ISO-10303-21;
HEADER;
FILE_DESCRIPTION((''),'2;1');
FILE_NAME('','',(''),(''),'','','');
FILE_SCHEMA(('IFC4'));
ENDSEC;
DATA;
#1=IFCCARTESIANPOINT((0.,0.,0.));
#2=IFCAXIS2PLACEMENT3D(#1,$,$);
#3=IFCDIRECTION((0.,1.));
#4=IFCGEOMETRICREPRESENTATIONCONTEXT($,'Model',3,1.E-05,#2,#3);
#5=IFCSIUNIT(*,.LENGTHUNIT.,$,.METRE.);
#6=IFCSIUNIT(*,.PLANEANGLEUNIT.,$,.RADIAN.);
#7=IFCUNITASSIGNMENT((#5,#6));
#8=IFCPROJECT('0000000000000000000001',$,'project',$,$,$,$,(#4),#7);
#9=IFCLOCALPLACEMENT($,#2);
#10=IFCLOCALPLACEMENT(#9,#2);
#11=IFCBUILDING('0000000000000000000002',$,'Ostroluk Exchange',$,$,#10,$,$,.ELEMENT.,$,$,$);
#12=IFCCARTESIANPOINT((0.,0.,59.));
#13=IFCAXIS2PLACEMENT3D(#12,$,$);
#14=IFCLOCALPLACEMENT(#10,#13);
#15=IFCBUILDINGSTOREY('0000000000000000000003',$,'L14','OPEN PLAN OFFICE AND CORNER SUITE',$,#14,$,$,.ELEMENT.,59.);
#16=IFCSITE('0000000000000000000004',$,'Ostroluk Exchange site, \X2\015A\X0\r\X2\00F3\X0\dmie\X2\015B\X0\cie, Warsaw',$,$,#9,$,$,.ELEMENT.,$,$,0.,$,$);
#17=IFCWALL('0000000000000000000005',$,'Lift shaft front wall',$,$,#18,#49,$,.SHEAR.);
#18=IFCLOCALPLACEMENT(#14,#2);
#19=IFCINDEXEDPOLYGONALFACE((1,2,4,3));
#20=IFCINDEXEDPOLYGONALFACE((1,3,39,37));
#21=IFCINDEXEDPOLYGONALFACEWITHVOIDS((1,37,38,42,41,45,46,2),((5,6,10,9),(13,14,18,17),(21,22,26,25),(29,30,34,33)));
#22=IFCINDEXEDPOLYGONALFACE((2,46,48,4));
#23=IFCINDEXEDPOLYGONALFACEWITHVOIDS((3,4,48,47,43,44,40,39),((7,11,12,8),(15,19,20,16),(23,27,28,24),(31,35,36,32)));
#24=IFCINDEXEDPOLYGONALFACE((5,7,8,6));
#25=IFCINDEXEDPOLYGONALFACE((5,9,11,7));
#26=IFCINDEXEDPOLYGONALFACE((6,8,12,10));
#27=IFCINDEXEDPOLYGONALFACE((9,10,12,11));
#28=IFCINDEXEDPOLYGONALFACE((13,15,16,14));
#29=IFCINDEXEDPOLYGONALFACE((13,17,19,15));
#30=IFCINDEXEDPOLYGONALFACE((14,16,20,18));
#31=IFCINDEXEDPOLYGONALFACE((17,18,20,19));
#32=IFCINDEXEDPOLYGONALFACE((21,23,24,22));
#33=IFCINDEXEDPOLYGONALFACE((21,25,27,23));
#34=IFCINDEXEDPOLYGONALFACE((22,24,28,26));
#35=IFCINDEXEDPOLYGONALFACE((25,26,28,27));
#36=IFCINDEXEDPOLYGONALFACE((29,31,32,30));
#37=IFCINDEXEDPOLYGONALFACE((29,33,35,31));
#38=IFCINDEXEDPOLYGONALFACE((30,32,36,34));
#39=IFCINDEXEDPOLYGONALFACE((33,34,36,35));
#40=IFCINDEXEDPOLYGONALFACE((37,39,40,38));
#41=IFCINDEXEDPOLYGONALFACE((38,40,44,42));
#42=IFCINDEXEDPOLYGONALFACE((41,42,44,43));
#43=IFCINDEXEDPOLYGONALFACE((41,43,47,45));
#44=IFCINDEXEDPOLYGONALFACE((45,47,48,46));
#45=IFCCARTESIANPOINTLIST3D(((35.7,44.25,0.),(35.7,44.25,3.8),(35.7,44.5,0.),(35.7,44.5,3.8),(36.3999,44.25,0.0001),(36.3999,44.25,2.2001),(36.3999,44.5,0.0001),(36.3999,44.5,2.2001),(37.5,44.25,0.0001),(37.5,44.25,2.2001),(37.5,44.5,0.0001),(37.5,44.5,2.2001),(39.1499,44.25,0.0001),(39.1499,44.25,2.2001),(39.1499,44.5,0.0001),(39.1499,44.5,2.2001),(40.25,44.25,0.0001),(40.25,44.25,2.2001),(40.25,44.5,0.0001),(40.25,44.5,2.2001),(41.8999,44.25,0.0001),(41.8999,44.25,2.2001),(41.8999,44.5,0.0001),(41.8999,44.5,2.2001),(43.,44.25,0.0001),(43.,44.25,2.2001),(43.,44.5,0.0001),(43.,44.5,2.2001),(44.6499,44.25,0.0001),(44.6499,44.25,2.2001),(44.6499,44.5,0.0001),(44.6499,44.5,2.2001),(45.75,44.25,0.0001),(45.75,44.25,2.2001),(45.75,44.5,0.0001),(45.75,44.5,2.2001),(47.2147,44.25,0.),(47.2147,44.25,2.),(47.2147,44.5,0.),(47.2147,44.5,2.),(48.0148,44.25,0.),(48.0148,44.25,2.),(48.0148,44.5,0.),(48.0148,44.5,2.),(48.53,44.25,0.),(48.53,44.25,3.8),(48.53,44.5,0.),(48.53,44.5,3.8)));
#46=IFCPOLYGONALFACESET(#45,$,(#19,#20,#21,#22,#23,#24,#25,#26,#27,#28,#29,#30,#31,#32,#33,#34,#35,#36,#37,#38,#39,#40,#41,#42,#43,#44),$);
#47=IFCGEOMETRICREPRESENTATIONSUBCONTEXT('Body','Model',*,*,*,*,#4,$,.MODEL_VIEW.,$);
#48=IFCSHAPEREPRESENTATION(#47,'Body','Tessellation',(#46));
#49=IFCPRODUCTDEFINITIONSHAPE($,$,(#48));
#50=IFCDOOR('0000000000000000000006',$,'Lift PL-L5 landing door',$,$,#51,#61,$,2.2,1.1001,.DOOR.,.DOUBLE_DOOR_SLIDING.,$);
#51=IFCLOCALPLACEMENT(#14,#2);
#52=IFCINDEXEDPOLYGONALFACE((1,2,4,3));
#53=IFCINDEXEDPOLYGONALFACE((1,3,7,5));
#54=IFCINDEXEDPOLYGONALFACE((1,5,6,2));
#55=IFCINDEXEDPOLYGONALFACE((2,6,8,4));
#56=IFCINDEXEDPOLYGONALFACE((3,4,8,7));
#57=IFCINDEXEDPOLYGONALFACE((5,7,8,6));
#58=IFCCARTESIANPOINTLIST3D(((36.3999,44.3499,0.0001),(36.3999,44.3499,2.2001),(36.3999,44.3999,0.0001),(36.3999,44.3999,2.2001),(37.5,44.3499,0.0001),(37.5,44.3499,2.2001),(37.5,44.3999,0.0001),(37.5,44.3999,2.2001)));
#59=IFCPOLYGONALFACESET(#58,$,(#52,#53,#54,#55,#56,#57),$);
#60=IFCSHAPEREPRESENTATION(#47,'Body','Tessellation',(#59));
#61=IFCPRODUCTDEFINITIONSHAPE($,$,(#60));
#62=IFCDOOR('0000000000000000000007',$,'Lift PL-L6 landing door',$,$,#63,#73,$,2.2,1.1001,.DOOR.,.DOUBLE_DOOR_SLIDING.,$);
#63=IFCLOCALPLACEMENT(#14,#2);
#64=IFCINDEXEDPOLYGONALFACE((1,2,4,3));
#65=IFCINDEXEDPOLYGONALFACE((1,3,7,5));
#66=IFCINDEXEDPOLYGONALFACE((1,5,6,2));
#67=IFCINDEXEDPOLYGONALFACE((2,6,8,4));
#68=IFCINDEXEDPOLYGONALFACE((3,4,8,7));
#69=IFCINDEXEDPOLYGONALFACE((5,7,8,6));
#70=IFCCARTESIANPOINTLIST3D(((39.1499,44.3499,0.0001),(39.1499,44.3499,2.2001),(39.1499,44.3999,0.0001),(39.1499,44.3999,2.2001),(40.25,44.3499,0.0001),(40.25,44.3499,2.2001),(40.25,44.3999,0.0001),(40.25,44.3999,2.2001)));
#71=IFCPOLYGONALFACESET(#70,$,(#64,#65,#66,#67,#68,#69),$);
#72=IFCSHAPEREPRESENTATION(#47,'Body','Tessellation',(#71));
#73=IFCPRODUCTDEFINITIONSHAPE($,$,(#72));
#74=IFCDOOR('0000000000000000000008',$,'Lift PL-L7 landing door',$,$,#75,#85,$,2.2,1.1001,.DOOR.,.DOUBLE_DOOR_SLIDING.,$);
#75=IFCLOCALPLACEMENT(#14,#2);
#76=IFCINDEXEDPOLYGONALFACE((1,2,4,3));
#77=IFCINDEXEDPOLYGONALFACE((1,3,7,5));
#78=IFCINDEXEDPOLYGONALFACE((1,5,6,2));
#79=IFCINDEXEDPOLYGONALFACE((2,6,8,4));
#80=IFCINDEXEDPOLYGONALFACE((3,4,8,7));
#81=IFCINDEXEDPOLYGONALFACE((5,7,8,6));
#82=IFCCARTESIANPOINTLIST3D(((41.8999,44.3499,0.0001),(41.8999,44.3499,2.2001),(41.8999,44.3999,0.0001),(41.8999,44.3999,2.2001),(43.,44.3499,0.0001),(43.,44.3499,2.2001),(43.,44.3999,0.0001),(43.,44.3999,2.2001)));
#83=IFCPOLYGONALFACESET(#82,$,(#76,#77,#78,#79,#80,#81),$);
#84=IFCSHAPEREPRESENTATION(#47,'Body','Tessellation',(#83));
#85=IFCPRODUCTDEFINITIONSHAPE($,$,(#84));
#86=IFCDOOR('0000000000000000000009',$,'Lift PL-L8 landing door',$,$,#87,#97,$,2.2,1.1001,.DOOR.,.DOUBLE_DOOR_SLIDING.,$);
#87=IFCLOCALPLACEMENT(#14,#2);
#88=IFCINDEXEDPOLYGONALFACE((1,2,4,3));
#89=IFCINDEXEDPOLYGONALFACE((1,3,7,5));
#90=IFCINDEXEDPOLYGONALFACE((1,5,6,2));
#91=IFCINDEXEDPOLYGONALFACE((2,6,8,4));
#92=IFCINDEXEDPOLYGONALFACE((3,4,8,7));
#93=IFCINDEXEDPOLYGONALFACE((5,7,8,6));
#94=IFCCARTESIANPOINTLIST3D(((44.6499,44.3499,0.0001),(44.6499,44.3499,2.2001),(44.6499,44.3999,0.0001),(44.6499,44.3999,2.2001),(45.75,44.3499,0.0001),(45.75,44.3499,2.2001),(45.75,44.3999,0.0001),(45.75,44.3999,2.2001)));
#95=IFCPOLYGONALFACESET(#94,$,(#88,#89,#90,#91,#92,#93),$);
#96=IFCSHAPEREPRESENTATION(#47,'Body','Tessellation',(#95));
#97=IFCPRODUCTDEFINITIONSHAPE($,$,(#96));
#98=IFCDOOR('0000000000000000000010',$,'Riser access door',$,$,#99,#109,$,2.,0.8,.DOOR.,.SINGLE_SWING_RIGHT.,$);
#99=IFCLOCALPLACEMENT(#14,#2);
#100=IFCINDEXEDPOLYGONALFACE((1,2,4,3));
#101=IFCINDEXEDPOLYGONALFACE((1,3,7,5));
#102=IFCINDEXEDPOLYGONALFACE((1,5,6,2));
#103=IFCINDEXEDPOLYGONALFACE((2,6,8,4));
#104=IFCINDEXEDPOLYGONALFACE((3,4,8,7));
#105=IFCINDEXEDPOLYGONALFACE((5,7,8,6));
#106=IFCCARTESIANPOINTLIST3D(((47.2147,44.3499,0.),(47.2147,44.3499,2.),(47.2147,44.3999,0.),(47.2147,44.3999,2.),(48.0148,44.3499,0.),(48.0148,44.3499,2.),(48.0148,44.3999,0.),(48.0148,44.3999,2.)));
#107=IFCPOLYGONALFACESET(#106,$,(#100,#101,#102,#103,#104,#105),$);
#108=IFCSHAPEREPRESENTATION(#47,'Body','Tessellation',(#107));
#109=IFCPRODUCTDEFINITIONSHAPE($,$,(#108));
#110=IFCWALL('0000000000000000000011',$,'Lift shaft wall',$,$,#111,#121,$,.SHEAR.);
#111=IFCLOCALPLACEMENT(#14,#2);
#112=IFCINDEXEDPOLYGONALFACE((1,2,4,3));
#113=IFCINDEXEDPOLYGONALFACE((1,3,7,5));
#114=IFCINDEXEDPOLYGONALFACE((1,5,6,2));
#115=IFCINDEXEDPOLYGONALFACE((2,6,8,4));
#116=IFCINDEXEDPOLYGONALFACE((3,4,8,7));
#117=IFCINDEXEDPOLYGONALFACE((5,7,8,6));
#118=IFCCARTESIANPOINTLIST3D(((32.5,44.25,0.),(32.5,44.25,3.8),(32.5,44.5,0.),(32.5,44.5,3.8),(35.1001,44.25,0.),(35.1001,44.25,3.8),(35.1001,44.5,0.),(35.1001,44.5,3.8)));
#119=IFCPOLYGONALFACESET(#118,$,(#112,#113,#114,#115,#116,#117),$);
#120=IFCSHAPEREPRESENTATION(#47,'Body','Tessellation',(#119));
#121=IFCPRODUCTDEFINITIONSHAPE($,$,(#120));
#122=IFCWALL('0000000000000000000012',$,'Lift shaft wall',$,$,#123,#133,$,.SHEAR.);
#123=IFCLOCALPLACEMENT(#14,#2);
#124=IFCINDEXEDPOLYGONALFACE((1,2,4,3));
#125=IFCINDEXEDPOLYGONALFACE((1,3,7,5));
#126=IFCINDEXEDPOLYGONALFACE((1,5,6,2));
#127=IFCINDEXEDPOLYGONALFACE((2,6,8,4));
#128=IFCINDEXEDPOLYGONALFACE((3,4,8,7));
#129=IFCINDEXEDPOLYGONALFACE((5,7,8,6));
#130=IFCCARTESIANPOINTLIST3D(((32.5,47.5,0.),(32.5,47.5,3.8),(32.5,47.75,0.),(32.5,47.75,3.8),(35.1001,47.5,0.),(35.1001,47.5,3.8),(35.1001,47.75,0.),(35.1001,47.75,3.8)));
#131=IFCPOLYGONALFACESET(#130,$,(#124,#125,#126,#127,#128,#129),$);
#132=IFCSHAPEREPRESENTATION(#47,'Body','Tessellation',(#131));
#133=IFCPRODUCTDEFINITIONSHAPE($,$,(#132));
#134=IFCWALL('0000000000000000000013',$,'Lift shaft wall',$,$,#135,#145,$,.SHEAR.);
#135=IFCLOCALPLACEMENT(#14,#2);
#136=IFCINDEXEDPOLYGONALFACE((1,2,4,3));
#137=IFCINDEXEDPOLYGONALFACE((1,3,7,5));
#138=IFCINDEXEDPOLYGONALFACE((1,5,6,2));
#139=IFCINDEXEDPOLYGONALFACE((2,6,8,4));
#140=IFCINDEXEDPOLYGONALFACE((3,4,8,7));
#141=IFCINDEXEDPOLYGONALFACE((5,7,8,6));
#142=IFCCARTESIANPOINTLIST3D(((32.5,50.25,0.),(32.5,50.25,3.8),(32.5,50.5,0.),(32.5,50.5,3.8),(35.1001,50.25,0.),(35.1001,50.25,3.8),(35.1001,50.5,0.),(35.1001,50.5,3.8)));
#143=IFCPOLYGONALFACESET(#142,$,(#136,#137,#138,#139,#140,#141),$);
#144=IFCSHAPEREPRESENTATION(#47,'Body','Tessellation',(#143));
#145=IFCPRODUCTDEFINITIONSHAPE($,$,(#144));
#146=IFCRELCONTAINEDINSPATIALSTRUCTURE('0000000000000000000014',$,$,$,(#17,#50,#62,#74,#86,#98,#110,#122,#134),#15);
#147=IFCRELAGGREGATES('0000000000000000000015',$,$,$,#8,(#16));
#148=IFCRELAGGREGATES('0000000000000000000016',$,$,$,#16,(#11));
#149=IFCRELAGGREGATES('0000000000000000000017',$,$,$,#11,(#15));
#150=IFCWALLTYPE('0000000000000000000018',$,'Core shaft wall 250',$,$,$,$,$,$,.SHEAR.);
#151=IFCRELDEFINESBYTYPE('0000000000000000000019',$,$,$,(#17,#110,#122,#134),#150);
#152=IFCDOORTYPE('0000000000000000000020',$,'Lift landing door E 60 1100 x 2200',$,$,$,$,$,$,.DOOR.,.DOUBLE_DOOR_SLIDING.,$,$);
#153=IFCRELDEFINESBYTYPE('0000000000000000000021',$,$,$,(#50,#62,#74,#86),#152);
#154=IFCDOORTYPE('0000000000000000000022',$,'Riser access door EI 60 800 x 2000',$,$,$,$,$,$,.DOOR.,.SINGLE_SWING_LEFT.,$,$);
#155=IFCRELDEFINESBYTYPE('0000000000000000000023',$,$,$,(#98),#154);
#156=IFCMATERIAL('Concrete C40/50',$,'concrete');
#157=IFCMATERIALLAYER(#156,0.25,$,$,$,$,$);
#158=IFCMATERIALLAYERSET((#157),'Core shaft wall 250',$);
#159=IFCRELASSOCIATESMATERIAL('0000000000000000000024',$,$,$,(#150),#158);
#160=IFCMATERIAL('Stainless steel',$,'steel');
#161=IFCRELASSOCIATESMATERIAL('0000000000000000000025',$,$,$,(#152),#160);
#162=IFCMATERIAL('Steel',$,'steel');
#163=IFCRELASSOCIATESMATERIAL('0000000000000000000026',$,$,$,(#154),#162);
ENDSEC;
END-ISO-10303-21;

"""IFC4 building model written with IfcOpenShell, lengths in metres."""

from ifc_helpers import new_model, si_unit, direction, frame, frame_2d, origin, place, context, subcontext, project, spatial, rectangle, extrude, material, layer, layer_set, type_object, element, fill, save


model = new_model("IFC4")

# Units and contexts
model_context = context("Model", 3, precision=1e-05, world=origin(), true_north=direction((0.0, 1.0)))
body_context = subcontext(model_context, "Body", "Model", "MODEL_VIEW")
ifc_project = project(units=[si_unit("LENGTHUNIT", "METRE"), si_unit("PLANEANGLEUNIT", "RADIAN")], contexts=[model_context])

# Site, building, storey
site_placement = place(None, origin())
site = spatial("IfcSite", under=ifc_project, at=site_placement, Name="Ostroluk Exchange site, Śródmieście, Warsaw", CompositionType="ELEMENT", RefElevation=0.0)
building_placement = place(site_placement, origin())
building = spatial("IfcBuilding", under=site, at=building_placement, Name="Ostroluk Exchange", CompositionType="ELEMENT")
storey_placement = place(building_placement, frame((0.0, 0.0, 59.0)))
storey = spatial("IfcBuildingStorey", under=building, at=storey_placement, Name="L14", Description="OPEN PLAN OFFICE AND CORNER SUITE", CompositionType="ELEMENT", Elevation=59.0)

# Shared definitions
ifc_material_1 = material(Name="Concrete C40/50", Category="concrete")
ifc_layer = layer(ifc_material_1, 0.25)
ifc_layer_set = layer_set([ifc_layer], Name="Core shaft wall 250")
wall_type = type_object("IfcWallType", Name="Core shaft wall 250", PredefinedType="SHEAR", material=ifc_layer_set)

# Shared definitions
ifc_material_2 = material(Name="Stainless steel", Category="steel")
door_type_1 = type_object("IfcDoorType", Name="Lift landing door E 60 1100 x 2200", OperationType="DOUBLE_DOOR_SLIDING", PredefinedType="DOOR", material=ifc_material_2)
ifc_material_3 = material(Name="Steel", Category="steel")
door_type_2 = type_object("IfcDoorType", Name="Riser access door EI 60 800 x 2000", OperationType="SINGLE_SWING_LEFT", PredefinedType="DOOR", material=ifc_material_3)

# Wall, openings, doors
wall_1_placement = place(storey_placement, frame((35.7, 44.375, 0.0), z_axis=(0.0, 0.0, 1.0), x_axis=(1.0, 0.0, 0.0)))
wall_1 = element("IfcWall", 1, at=wall_1_placement, inside=storey, type_object=wall_type, Name="Lift shaft front wall", PredefinedType="SHEAR", context=body_context, shape_type="SweptSolid", body=[
    extrude(rectangle(XDim=12.8301, YDim=0.25, at=frame_2d((6.415, 0.0))), origin(), (0.0, 0.0, 1.0), 3.8),
])
opening_1_placement = place(wall_1_placement, frame((0.7, 0.0, 0.0)))
opening_1 = element("IfcOpeningElement", 2, at=opening_1_placement, cuts=wall_1, PredefinedType="OPENING", context=body_context, shape_type="SweptSolid", body=[
    extrude(rectangle(XDim=1.1001, YDim=2.2, at=frame_2d((0.55, 1.1001))), frame((0.0, 0.135, 0.0), z_axis=(0.0, -1.0, 0.0), x_axis=(1.0, 0.0, 0.0)), (0.0, 0.0, 1.0), 0.27),
])
opening_2_placement = place(wall_1_placement, frame((3.45, 0.0, 0.0)))
opening_2 = element("IfcOpeningElement", 3, at=opening_2_placement, cuts=wall_1, PredefinedType="OPENING", context=body_context, shape_type="SweptSolid", body=[
    extrude(rectangle(XDim=1.1001, YDim=2.2, at=frame_2d((0.55, 1.1001))), frame((0.0, 0.135, 0.0), z_axis=(0.0, -1.0, 0.0), x_axis=(1.0, 0.0, 0.0)), (0.0, 0.0, 1.0), 0.27),
])
opening_3_placement = place(wall_1_placement, frame((6.2, 0.0, 0.0)))
opening_3 = element("IfcOpeningElement", 4, at=opening_3_placement, cuts=wall_1, PredefinedType="OPENING", context=body_context, shape_type="SweptSolid", body=[
    extrude(rectangle(XDim=1.1001, YDim=2.2, at=frame_2d((0.55, 1.1001))), frame((0.0, 0.135, 0.0), z_axis=(0.0, -1.0, 0.0), x_axis=(1.0, 0.0, 0.0)), (0.0, 0.0, 1.0), 0.27),
])
opening_4_placement = place(wall_1_placement, frame((8.95, 0.0, 0.0)))
opening_4 = element("IfcOpeningElement", 5, at=opening_4_placement, cuts=wall_1, PredefinedType="OPENING", context=body_context, shape_type="SweptSolid", body=[
    extrude(rectangle(XDim=1.1001, YDim=2.2, at=frame_2d((0.55, 1.1001))), frame((0.0, 0.135, 0.0), z_axis=(0.0, -1.0, 0.0), x_axis=(1.0, 0.0, 0.0)), (0.0, 0.0, 1.0), 0.27),
])
opening_5_placement = place(wall_1_placement, frame((11.5149, 0.0, 0.0)))
opening_5 = element("IfcOpeningElement", 6, at=opening_5_placement, cuts=wall_1, PredefinedType="OPENING", context=body_context, shape_type="SweptSolid", body=[
    extrude(rectangle(XDim=0.8, YDim=2.0, at=frame_2d((0.3999, 1.0))), frame((0.0, 0.135, 0.0), z_axis=(0.0, -1.0, 0.0), x_axis=(1.0, 0.0, 0.0)), (0.0, 0.0, 1.0), 0.27),
])
door_1_placement = place(opening_1_placement, origin())
door_1 = element("IfcDoor", 7, at=door_1_placement, inside=storey, type_object=door_type_1, Name="Lift PL-L5 landing door", OperationType="DOUBLE_DOOR_SLIDING", OverallHeight=2.2, OverallWidth=1.1001, PredefinedType="DOOR", context=body_context, shape_type="SweptSolid", body=[
    extrude(rectangle(XDim=1.1001, YDim=2.2, at=frame_2d((0.55, 1.1001))), frame((0.0, 0.0249, 0.0), z_axis=(0.0, -1.0, 0.0), x_axis=(1.0, 0.0, 0.0)), (0.0, 0.0, 1.0), 0.05),
])
fill(opening_1, door_1)
door_2_placement = place(opening_2_placement, origin())
door_2 = element("IfcDoor", 8, at=door_2_placement, inside=storey, type_object=door_type_1, Name="Lift PL-L6 landing door", OperationType="DOUBLE_DOOR_SLIDING", OverallHeight=2.2, OverallWidth=1.1001, PredefinedType="DOOR", context=body_context, shape_type="SweptSolid", body=[
    extrude(rectangle(XDim=1.1001, YDim=2.2, at=frame_2d((0.55, 1.1001))), frame((0.0, 0.0249, 0.0), z_axis=(0.0, -1.0, 0.0), x_axis=(1.0, 0.0, 0.0)), (0.0, 0.0, 1.0), 0.05),
])
fill(opening_2, door_2)
door_3_placement = place(opening_3_placement, origin())
door_3 = element("IfcDoor", 9, at=door_3_placement, inside=storey, type_object=door_type_1, Name="Lift PL-L7 landing door", OperationType="DOUBLE_DOOR_SLIDING", OverallHeight=2.2, OverallWidth=1.1001, PredefinedType="DOOR", context=body_context, shape_type="SweptSolid", body=[
    extrude(rectangle(XDim=1.1001, YDim=2.2, at=frame_2d((0.55, 1.1001))), frame((0.0, 0.0249, 0.0), z_axis=(0.0, -1.0, 0.0), x_axis=(1.0, 0.0, 0.0)), (0.0, 0.0, 1.0), 0.05),
])
fill(opening_3, door_3)
door_4_placement = place(opening_4_placement, origin())
door_4 = element("IfcDoor", 10, at=door_4_placement, inside=storey, type_object=door_type_1, Name="Lift PL-L8 landing door", OperationType="DOUBLE_DOOR_SLIDING", OverallHeight=2.2, OverallWidth=1.1001, PredefinedType="DOOR", context=body_context, shape_type="SweptSolid", body=[
    extrude(rectangle(XDim=1.1001, YDim=2.2, at=frame_2d((0.55, 1.1001))), frame((0.0, 0.0249, 0.0), z_axis=(0.0, -1.0, 0.0), x_axis=(1.0, 0.0, 0.0)), (0.0, 0.0, 1.0), 0.05),
])
fill(opening_4, door_4)
door_5_placement = place(opening_5_placement, origin())
door_5 = element("IfcDoor", 11, at=door_5_placement, inside=storey, type_object=door_type_2, Name="Riser access door", OperationType="SINGLE_SWING_RIGHT", OverallHeight=2.0, OverallWidth=0.8, PredefinedType="DOOR", context=body_context, shape_type="SweptSolid", body=[
    extrude(rectangle(XDim=0.8, YDim=2.0, at=frame_2d((0.3999, 1.0))), frame((0.0, 0.0249, 0.0), z_axis=(0.0, -1.0, 0.0), x_axis=(1.0, 0.0, 0.0)), (0.0, 0.0, 1.0), 0.05),
])
fill(opening_5, door_5)

# Walls
for number, where, z_axis, x_axis, name in (
    (12, (32.5, 44.375, 0.0), (0.0, 0.0, 1.0), (1.0, 0.0, 0.0), "Lift shaft wall"),
    (13, (32.5, 47.625, 0.0), (0.0, 0.0, 1.0), (1.0, 0.0, 0.0), "Lift shaft wall"),
    (14, (32.5, 50.375, 0.0), (0.0, 0.0, 1.0), (1.0, 0.0, 0.0), "Lift shaft wall"),
):
    element("IfcWall", number, at=place(storey_placement, frame(where, z_axis=z_axis, x_axis=x_axis)), inside=storey, type_object=wall_type, Name=name, PredefinedType="SHEAR", context=body_context, shape_type="SweptSolid", body=[
        extrude(rectangle(XDim=2.6001, YDim=0.25, at=frame_2d((1.3, 0.0))), origin(), (0.0, 0.0, 1.0), 3.8),
    ])

save(model, "model.ifc")
